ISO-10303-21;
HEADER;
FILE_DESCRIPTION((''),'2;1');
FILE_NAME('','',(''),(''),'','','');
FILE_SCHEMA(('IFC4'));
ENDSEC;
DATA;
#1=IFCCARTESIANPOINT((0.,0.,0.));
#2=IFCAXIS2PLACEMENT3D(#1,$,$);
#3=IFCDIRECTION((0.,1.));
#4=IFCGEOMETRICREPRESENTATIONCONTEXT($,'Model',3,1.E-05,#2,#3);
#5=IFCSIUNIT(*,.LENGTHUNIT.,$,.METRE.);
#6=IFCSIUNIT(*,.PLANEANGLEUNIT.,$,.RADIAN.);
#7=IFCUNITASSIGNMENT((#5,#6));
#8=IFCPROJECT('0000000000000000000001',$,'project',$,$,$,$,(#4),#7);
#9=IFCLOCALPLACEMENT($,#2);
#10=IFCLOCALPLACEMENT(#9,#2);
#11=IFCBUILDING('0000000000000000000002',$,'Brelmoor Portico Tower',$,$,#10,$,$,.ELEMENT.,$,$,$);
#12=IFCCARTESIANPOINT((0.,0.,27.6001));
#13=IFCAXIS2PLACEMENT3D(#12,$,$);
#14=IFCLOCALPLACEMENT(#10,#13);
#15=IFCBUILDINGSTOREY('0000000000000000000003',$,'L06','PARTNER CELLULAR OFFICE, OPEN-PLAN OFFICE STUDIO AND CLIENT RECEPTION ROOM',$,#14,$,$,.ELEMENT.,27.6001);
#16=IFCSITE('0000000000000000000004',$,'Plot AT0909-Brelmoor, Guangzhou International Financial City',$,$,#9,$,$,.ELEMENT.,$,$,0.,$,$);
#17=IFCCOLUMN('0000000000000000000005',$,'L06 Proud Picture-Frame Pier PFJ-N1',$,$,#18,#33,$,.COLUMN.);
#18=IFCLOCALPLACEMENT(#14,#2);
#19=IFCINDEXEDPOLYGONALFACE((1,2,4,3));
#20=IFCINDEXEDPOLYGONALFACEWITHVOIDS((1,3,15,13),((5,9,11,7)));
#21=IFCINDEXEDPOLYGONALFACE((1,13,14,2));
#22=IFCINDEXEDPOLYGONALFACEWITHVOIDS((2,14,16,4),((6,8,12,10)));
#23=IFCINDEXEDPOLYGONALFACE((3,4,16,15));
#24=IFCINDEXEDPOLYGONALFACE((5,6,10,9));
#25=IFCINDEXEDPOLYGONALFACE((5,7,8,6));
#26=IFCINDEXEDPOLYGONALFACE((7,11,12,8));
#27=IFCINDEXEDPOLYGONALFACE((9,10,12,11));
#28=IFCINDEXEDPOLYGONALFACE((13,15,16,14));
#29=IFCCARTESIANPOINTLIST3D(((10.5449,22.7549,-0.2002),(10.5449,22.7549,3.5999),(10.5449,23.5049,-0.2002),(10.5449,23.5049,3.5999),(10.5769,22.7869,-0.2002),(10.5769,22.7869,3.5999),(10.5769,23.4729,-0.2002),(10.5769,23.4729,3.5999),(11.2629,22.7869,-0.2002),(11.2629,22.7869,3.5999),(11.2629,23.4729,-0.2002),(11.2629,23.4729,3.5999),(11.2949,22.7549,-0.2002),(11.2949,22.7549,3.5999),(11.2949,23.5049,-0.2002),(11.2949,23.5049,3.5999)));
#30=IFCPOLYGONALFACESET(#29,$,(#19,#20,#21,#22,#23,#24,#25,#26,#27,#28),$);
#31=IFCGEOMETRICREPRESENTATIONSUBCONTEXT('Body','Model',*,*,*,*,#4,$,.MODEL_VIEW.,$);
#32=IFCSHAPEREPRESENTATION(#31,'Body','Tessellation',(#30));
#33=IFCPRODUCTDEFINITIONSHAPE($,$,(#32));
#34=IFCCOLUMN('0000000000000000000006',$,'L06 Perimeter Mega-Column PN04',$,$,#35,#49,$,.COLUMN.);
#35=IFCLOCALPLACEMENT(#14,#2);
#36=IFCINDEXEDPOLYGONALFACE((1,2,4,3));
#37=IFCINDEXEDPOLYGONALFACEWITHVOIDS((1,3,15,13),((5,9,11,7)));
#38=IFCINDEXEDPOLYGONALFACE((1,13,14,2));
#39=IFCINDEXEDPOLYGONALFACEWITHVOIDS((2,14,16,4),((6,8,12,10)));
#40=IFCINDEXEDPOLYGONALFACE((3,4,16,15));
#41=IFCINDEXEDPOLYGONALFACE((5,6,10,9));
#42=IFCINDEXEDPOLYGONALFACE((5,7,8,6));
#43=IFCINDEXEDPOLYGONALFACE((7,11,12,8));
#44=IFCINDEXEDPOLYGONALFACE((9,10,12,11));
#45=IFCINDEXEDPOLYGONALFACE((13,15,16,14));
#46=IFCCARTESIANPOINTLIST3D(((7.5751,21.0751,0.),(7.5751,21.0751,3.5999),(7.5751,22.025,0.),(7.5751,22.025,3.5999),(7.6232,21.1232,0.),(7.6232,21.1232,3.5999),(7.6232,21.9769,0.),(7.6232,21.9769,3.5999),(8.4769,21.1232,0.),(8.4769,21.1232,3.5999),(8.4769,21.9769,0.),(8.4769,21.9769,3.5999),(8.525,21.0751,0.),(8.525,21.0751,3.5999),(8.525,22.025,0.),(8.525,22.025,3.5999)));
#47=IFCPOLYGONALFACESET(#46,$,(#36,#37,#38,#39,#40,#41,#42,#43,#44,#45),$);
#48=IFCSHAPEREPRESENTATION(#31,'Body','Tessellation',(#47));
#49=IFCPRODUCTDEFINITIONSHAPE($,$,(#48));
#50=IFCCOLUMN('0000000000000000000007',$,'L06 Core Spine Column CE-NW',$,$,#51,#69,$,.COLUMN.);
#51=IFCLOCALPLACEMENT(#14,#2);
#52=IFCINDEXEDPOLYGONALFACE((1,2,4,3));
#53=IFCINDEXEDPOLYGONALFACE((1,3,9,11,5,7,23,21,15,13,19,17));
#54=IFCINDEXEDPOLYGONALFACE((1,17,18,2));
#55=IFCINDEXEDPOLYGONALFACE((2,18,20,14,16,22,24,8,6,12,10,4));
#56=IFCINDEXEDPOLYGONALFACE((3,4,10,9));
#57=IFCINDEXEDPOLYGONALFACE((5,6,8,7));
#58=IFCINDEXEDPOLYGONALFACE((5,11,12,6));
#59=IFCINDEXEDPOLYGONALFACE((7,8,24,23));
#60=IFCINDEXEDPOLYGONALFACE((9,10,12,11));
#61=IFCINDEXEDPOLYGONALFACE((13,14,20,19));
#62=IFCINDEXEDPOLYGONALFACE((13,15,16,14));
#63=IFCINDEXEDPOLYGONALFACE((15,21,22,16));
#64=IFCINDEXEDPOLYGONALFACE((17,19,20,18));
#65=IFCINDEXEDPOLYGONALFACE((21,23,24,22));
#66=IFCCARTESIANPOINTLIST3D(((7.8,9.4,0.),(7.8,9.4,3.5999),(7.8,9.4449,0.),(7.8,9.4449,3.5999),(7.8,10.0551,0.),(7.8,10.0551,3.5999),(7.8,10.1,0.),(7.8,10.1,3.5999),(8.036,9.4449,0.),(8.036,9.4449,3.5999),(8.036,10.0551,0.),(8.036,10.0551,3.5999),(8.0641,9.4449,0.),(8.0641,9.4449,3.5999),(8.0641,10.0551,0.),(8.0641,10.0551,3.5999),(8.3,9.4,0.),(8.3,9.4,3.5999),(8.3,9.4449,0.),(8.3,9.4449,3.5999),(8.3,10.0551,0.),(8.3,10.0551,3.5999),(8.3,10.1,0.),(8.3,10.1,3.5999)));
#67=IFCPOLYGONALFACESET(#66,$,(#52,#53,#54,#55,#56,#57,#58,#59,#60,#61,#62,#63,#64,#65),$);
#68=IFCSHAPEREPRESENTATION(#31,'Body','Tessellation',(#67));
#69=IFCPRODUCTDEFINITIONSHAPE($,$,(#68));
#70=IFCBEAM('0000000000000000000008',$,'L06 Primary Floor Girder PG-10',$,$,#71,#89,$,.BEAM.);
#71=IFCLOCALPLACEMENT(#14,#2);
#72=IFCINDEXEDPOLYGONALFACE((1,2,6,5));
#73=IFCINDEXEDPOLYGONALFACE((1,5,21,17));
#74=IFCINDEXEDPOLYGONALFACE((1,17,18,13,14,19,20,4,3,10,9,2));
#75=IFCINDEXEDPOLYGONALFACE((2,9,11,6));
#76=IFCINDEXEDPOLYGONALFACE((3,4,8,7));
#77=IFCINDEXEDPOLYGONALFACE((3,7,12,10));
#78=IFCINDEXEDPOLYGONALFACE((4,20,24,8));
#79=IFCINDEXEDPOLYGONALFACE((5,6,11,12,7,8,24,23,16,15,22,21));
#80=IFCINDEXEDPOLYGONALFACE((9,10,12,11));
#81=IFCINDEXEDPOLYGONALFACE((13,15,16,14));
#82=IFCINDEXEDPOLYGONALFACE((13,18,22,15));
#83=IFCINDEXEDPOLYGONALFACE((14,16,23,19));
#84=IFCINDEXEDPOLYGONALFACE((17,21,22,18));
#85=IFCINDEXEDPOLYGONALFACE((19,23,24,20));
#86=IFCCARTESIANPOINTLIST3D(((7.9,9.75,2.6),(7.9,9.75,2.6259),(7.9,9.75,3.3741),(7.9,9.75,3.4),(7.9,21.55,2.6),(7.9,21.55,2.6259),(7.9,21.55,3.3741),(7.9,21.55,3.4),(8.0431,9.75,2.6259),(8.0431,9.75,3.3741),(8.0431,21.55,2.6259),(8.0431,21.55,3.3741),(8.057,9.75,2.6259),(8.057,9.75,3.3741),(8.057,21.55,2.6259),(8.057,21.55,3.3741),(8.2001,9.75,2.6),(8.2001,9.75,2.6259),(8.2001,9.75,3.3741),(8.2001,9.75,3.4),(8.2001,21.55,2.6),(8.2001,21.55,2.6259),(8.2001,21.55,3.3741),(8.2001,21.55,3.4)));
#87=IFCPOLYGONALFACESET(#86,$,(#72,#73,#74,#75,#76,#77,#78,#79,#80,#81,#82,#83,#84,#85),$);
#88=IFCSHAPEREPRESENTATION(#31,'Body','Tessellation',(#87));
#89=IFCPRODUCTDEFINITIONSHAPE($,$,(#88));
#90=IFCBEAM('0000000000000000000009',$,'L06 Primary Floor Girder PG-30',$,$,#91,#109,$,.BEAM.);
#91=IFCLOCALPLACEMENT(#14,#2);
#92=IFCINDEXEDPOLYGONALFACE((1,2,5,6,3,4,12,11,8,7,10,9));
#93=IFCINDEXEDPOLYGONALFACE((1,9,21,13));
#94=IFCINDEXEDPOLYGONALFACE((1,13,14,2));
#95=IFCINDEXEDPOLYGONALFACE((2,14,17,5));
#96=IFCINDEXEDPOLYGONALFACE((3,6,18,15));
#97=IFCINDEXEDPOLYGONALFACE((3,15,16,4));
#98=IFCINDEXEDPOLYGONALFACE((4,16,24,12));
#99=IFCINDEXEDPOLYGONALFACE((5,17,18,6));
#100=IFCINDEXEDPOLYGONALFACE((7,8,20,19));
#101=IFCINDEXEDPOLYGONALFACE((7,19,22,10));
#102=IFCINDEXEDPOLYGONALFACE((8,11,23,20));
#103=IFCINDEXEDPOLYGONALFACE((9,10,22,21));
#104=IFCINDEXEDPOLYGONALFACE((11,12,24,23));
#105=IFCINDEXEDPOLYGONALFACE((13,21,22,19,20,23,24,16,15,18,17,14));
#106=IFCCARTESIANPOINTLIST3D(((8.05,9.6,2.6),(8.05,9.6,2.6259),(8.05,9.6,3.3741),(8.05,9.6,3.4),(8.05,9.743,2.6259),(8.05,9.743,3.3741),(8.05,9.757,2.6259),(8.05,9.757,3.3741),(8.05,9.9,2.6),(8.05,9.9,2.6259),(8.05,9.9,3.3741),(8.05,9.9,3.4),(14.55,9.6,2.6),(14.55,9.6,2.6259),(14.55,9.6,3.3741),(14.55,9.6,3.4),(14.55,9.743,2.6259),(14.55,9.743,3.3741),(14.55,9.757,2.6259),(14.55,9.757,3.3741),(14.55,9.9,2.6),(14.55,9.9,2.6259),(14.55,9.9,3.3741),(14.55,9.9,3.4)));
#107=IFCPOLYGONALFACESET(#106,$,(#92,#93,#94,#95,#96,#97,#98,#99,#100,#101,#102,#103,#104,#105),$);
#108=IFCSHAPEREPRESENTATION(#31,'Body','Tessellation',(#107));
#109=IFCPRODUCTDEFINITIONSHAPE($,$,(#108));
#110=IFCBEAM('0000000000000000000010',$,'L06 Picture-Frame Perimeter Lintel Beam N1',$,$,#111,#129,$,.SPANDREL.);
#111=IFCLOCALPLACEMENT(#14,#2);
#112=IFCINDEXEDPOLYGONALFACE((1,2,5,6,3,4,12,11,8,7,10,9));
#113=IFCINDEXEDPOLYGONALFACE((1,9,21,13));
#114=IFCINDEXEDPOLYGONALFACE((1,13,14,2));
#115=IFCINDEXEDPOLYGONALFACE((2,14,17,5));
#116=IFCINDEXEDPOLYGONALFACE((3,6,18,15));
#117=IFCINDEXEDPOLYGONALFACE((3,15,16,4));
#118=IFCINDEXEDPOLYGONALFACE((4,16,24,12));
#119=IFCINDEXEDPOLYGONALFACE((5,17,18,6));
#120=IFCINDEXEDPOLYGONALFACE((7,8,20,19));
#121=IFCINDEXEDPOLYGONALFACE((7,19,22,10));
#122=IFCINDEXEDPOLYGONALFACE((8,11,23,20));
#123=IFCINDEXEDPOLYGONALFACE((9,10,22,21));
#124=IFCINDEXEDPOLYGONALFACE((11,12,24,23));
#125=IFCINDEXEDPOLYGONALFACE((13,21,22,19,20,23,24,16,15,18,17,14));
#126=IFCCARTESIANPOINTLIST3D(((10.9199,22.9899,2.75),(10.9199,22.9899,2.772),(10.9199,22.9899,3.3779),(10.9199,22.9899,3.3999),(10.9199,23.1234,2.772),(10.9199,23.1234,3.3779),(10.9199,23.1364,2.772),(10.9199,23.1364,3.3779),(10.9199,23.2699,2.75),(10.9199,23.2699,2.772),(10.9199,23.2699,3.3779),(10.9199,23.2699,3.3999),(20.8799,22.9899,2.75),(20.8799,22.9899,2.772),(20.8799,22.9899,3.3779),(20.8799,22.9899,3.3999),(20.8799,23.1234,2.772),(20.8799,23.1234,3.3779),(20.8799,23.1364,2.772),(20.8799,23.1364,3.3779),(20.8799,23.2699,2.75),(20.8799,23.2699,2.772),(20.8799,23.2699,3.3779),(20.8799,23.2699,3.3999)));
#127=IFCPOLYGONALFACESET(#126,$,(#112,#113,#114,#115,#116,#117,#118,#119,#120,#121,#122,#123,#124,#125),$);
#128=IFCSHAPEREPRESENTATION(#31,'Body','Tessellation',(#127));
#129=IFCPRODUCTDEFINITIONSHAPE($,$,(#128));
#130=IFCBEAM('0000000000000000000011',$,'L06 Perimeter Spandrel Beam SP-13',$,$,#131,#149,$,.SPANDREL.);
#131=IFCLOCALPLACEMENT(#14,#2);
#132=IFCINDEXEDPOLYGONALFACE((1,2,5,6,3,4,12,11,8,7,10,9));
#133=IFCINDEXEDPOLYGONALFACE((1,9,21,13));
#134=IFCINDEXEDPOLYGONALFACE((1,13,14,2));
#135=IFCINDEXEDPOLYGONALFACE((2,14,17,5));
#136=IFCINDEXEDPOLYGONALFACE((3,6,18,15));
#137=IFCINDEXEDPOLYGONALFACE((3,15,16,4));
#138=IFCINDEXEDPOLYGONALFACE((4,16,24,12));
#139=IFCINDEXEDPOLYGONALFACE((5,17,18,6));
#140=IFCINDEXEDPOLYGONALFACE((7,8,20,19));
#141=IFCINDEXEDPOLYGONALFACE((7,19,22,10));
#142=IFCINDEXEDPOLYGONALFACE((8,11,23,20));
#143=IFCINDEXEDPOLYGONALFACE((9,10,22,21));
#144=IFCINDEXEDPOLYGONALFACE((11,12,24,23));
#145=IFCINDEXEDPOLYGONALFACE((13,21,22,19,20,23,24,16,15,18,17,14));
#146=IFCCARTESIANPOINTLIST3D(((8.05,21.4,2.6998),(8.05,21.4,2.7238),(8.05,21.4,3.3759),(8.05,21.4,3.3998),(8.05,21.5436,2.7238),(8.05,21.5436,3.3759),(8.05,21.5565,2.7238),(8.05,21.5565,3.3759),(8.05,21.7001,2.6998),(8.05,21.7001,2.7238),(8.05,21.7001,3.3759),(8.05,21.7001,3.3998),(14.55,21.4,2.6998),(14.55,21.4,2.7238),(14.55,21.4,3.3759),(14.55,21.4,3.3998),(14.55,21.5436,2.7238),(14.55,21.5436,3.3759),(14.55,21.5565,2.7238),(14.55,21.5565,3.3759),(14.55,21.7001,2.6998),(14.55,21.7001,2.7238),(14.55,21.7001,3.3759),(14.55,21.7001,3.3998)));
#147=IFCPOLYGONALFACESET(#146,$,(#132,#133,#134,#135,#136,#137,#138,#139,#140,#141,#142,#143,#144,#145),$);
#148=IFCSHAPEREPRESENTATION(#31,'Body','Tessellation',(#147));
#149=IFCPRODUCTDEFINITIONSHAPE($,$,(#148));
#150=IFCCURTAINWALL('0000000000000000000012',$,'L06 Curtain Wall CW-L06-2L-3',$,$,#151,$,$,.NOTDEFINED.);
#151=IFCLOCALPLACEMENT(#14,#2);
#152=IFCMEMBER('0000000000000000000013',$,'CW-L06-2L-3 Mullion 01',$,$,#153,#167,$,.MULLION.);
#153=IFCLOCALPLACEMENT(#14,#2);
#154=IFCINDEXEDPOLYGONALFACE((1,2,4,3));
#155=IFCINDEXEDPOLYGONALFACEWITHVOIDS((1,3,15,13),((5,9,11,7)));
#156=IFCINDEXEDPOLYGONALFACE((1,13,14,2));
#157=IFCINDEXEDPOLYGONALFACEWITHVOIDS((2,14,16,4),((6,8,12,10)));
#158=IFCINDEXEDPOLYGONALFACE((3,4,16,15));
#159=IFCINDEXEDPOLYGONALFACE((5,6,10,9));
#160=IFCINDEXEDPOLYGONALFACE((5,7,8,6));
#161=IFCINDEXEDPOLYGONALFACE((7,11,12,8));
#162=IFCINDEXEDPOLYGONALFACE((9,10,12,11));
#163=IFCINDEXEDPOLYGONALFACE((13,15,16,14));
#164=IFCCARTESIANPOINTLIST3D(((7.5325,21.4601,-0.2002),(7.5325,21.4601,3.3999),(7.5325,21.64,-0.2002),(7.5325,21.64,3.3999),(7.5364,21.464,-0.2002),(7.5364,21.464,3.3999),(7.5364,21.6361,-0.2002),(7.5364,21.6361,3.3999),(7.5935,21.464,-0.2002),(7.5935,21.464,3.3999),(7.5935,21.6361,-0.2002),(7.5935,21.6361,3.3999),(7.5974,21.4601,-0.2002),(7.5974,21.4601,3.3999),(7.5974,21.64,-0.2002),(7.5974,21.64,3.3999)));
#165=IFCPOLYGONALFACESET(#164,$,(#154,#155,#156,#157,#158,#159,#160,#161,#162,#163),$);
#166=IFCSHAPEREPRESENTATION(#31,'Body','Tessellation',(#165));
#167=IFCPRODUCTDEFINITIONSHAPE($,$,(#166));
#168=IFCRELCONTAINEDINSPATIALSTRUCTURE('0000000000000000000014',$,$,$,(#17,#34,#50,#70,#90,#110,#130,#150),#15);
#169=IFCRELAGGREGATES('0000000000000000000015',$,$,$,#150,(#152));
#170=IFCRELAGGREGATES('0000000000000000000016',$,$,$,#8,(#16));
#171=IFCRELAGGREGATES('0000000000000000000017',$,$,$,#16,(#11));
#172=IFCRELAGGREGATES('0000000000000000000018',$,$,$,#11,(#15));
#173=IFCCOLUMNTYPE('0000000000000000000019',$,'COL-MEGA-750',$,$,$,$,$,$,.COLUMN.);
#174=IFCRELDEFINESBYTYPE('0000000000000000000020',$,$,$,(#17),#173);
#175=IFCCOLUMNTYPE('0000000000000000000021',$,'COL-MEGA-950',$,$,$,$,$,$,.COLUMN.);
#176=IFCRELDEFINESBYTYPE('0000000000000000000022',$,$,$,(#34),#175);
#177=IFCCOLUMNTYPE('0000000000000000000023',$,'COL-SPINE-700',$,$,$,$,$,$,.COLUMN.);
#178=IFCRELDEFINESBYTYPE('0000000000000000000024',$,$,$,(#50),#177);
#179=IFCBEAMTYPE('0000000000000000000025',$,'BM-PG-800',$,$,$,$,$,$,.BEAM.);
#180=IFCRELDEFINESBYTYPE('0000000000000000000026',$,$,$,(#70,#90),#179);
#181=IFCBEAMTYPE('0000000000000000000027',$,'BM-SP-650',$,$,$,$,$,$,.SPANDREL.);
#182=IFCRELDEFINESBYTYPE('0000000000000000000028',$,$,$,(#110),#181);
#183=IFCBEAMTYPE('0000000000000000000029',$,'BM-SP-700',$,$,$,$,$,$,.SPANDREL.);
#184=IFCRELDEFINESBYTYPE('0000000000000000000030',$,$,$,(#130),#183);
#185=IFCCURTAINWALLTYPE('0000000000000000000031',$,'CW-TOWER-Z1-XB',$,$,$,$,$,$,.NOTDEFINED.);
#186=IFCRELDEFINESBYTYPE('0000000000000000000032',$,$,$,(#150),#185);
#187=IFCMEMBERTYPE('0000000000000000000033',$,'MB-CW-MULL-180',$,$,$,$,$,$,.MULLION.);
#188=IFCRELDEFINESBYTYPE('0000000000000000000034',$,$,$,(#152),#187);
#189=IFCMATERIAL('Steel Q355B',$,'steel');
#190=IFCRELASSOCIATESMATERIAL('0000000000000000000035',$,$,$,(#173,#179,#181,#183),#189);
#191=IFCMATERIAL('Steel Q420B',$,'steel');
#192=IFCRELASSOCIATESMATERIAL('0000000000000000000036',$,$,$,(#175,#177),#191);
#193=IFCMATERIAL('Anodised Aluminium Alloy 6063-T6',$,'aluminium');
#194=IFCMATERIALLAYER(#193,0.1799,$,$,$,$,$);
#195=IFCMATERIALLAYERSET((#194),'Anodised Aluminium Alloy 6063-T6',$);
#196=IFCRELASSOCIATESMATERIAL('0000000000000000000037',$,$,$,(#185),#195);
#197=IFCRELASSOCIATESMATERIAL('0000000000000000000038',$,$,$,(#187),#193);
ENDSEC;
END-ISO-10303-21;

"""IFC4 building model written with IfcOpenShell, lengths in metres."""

from ifc_helpers import new_model, si_unit, direction, frame, origin, origin_2d, place, context, subcontext, project, spatial, hollow_rectangle, i_section, extrude, material, layer, layer_set, material_profile, profile_set, type_object, element, aggregate, save


model = new_model("IFC4")

# Units and contexts
model_context = context("Model", 3, precision=1e-05, world=origin(), true_north=direction((0.0, 1.0)))
body_context = subcontext(model_context, "Body", "Model", "MODEL_VIEW")
ifc_project = project(units=[si_unit("LENGTHUNIT", "METRE"), si_unit("PLANEANGLEUNIT", "RADIAN")], contexts=[model_context])

# Site, building, storey
site_placement = place(None, origin())
site = spatial("IfcSite", under=ifc_project, at=site_placement, Name="Plot AT0909-Brelmoor, Guangzhou International Financial City", CompositionType="ELEMENT", RefElevation=0.0)
building_placement = place(site_placement, origin())
building = spatial("IfcBuilding", under=site, at=building_placement, Name="Brelmoor Portico Tower", CompositionType="ELEMENT")
storey_placement = place(building_placement, frame((0.0, 0.0, 27.6001)))
storey = spatial("IfcBuildingStorey", under=building, at=storey_placement, Name="L06", Description="PARTNER CELLULAR OFFICE, OPEN-PLAN OFFICE STUDIO AND CLIENT RECEPTION ROOM", CompositionType="ELEMENT", Elevation=27.6001)

# Columns
ifc_material_1 = material(Name="Steel Q355B", Category="steel")
ifc_material_profile_1 = material_profile(ifc_material_1, hollow_rectangle(XDim=0.75, YDim=0.75, WallThickness=0.032, at=origin_2d()), Name="BOX 750x750x32")
ifc_profile_set_1 = profile_set([ifc_material_profile_1], Name="Steel Q355B")
column_type_1 = type_object("IfcColumnType", Name="COL-MEGA-750", PredefinedType="COLUMN", material=ifc_profile_set_1)
column_1_placement = place(storey_placement, frame((10.9199, 23.1299, -0.2002), z_axis=(0.0, 0.0, 1.0), x_axis=(1.0, 0.0, 0.0)))
element("IfcColumn", 1, at=column_1_placement, inside=storey, type_object=column_type_1, Name="L06 Proud Picture-Frame Pier PFJ-N1", PredefinedType="COLUMN", context=body_context, shape_type="SweptSolid", body=[
    extrude(hollow_rectangle(XDim=0.75, YDim=0.75, WallThickness=0.032, at=origin_2d()), origin(), (0.0, 0.0, 1.0), 3.8),
])
ifc_material_2 = material(Name="Steel Q420B", Category="steel")
ifc_material_profile_2 = material_profile(ifc_material_2, hollow_rectangle(XDim=0.95, YDim=0.95, WallThickness=0.0481, at=origin_2d()), Name="BOX 950x950x48")
ifc_profile_set_2 = profile_set([ifc_material_profile_2], Name="Steel Q420B")
column_type_2 = type_object("IfcColumnType", Name="COL-MEGA-950", PredefinedType="COLUMN", material=ifc_profile_set_2)
column_2_placement = place(storey_placement, frame((8.05, 21.55, 0.0), z_axis=(0.0, 0.0, 1.0), x_axis=(1.0, 0.0, 0.0)))
element("IfcColumn", 2, at=column_2_placement, inside=storey, type_object=column_type_2, Name="L06 Perimeter Mega-Column PN04", PredefinedType="COLUMN", context=body_context, shape_type="SweptSolid", body=[
    extrude(hollow_rectangle(XDim=0.95, YDim=0.95, WallThickness=0.0481, at=origin_2d()), origin(), (0.0, 0.0, 1.0), 3.5999),
])
ifc_material_profile_3 = material_profile(ifc_material_2, i_section(OverallWidth=0.5, OverallDepth=0.7, WebThickness=0.0281, FlangeThickness=0.0449, at=origin_2d()), Name="HW 700x500x28x45")
ifc_profile_set_3 = profile_set([ifc_material_profile_3], Name="Steel Q420B")
column_type_3 = type_object("IfcColumnType", Name="COL-SPINE-700", PredefinedType="COLUMN", material=ifc_profile_set_3)
column_3_placement = place(storey_placement, frame((8.05, 9.75, 0.0), z_axis=(0.0, 0.0, 1.0), x_axis=(1.0, 0.0, 0.0)))
element("IfcColumn", 3, at=column_3_placement, inside=storey, type_object=column_type_3, Name="L06 Core Spine Column CE-NW", PredefinedType="COLUMN", context=body_context, shape_type="SweptSolid", body=[
    extrude(i_section(OverallWidth=0.5, OverallDepth=0.7, WebThickness=0.0281, FlangeThickness=0.0449, at=origin_2d()), origin(), (0.0, 0.0, 1.0), 3.5999),
])

# Beams
ifc_material_profile_4 = material_profile(ifc_material_1, i_section(OverallWidth=0.3, OverallDepth=0.8, WebThickness=0.0139, FlangeThickness=0.0259, at=origin_2d()), Name="HN 800x300x14x26")
ifc_profile_set_4 = profile_set([ifc_material_profile_4], Name="Steel Q355B")
beam_type_1 = type_object("IfcBeamType", Name="BM-PG-800", PredefinedType="BEAM", material=ifc_profile_set_4)
beam_1_placement = place(storey_placement, frame((8.05, 9.75, 3.0), z_axis=(0.0, 1.0, 0.0), x_axis=(-1.0, 0.0, 0.0)))
element("IfcBeam", 4, at=beam_1_placement, inside=storey, type_object=beam_type_1, Name="L06 Primary Floor Girder PG-10", PredefinedType="BEAM", context=body_context, shape_type="SweptSolid", body=[
    extrude(i_section(OverallWidth=0.3, OverallDepth=0.8, WebThickness=0.0139, FlangeThickness=0.0259, at=origin_2d()), origin(), (0.0, 0.0, 1.0), 11.8),
])
beam_2_placement = place(storey_placement, frame((8.05, 9.75, 3.0), z_axis=(1.0, 0.0, 0.0), x_axis=(0.0, 1.0, 0.0)))
element("IfcBeam", 5, at=beam_2_placement, inside=storey, type_object=beam_type_1, Name="L06 Primary Floor Girder PG-30", PredefinedType="BEAM", context=body_context, shape_type="SweptSolid", body=[
    extrude(i_section(OverallWidth=0.3, OverallDepth=0.8, WebThickness=0.0139, FlangeThickness=0.0259, at=origin_2d()), origin(), (0.0, 0.0, 1.0), 6.5),
])
ifc_material_profile_5 = material_profile(ifc_material_1, i_section(OverallWidth=0.28, OverallDepth=0.6499, WebThickness=0.0129, FlangeThickness=0.022, at=origin_2d()), Name="HN 650x280x13x22")
ifc_profile_set_5 = profile_set([ifc_material_profile_5], Name="Steel Q355B")
beam_type_2 = type_object("IfcBeamType", Name="BM-SP-650", PredefinedType="SPANDREL", material=ifc_profile_set_5)
beam_3_placement = place(storey_placement, frame((10.9199, 23.1299, 3.075), z_axis=(1.0, 0.0, 0.0), x_axis=(0.0, 1.0, 0.0)))
element("IfcBeam", 6, at=beam_3_placement, inside=storey, type_object=beam_type_2, Name="L06 Picture-Frame Perimeter Lintel Beam N1", PredefinedType="SPANDREL", context=body_context, shape_type="SweptSolid", body=[
    extrude(i_section(OverallWidth=0.28, OverallDepth=0.6499, WebThickness=0.0129, FlangeThickness=0.022, at=origin_2d()), origin(), (0.0, 0.0, 1.0), 9.96),
])
ifc_material_profile_6 = material_profile(ifc_material_1, i_section(OverallWidth=0.3, OverallDepth=0.7, WebThickness=0.0129, FlangeThickness=0.0239, at=origin_2d()), Name="HN 700x300x13x24")
ifc_profile_set_6 = profile_set([ifc_material_profile_6], Name="Steel Q355B")
beam_type_3 = type_object("IfcBeamType", Name="BM-SP-700", PredefinedType="SPANDREL", material=ifc_profile_set_6)
beam_4_placement = place(storey_placement, frame((8.05, 21.55, 3.0498), z_axis=(1.0, 0.0, 0.0), x_axis=(0.0, 1.0, 0.0)))
element("IfcBeam", 7, at=beam_4_placement, inside=storey, type_object=beam_type_3, Name="L06 Perimeter Spandrel Beam SP-13", PredefinedType="SPANDREL", context=body_context, shape_type="SweptSolid", body=[
    extrude(i_section(OverallWidth=0.3, OverallDepth=0.7, WebThickness=0.0129, FlangeThickness=0.0239, at=origin_2d()), origin(), (0.0, 0.0, 1.0), 6.5),
])

# Curtain wall, member
ifc_material_3 = material(Name="Anodised Aluminium Alloy 6063-T6", Category="aluminium")
ifc_layer_1 = layer(ifc_material_3, 0.1799)
ifc_layer_set_1 = layer_set([ifc_layer_1], Name="Anodised Aluminium Alloy 6063-T6")
curtain_wall_type_1 = type_object("IfcCurtainWallType", Name="CW-TOWER-Z1-XB", PredefinedType="NOTDEFINED", material=ifc_layer_set_1)
curtain_wall_1_placement = place(storey_placement, origin())
curtain_wall_1 = element("IfcCurtainWall", 8, at=curtain_wall_1_placement, inside=storey, type_object=curtain_wall_type_1, Name="L06 Curtain Wall CW-L06-2L-3", PredefinedType="NOTDEFINED")
ifc_material_profile_7 = material_profile(ifc_material_3, hollow_rectangle(XDim=0.0649, YDim=0.1799, WallThickness=0.0039, at=origin_2d()), Name="ALU MULLION 65x180")
ifc_profile_set_7 = profile_set([ifc_material_profile_7], Name="Anodised Aluminium Alloy 6063-T6")
member_type_1 = type_object("IfcMemberType", Name="MB-CW-MULL-180", PredefinedType="MULLION", material=ifc_profile_set_7)
member_1_placement = place(storey_placement, frame((7.5649, 21.55, -0.2002), z_axis=(0.0, 0.0, 1.0), x_axis=(1.0, 0.0, 0.0)))
member_1 = element("IfcMember", 9, at=member_1_placement, type_object=member_type_1, Name="CW-L06-2L-3 Mullion 01", PredefinedType="MULLION", context=body_context, shape_type="SweptSolid", body=[
    extrude(hollow_rectangle(XDim=0.0649, YDim=0.1799, WallThickness=0.0039, at=origin_2d()), origin(), (0.0, 0.0, 1.0), 3.6001),
])

aggregate(curtain_wall_1, [member_1])

save(model, "model.ifc")
